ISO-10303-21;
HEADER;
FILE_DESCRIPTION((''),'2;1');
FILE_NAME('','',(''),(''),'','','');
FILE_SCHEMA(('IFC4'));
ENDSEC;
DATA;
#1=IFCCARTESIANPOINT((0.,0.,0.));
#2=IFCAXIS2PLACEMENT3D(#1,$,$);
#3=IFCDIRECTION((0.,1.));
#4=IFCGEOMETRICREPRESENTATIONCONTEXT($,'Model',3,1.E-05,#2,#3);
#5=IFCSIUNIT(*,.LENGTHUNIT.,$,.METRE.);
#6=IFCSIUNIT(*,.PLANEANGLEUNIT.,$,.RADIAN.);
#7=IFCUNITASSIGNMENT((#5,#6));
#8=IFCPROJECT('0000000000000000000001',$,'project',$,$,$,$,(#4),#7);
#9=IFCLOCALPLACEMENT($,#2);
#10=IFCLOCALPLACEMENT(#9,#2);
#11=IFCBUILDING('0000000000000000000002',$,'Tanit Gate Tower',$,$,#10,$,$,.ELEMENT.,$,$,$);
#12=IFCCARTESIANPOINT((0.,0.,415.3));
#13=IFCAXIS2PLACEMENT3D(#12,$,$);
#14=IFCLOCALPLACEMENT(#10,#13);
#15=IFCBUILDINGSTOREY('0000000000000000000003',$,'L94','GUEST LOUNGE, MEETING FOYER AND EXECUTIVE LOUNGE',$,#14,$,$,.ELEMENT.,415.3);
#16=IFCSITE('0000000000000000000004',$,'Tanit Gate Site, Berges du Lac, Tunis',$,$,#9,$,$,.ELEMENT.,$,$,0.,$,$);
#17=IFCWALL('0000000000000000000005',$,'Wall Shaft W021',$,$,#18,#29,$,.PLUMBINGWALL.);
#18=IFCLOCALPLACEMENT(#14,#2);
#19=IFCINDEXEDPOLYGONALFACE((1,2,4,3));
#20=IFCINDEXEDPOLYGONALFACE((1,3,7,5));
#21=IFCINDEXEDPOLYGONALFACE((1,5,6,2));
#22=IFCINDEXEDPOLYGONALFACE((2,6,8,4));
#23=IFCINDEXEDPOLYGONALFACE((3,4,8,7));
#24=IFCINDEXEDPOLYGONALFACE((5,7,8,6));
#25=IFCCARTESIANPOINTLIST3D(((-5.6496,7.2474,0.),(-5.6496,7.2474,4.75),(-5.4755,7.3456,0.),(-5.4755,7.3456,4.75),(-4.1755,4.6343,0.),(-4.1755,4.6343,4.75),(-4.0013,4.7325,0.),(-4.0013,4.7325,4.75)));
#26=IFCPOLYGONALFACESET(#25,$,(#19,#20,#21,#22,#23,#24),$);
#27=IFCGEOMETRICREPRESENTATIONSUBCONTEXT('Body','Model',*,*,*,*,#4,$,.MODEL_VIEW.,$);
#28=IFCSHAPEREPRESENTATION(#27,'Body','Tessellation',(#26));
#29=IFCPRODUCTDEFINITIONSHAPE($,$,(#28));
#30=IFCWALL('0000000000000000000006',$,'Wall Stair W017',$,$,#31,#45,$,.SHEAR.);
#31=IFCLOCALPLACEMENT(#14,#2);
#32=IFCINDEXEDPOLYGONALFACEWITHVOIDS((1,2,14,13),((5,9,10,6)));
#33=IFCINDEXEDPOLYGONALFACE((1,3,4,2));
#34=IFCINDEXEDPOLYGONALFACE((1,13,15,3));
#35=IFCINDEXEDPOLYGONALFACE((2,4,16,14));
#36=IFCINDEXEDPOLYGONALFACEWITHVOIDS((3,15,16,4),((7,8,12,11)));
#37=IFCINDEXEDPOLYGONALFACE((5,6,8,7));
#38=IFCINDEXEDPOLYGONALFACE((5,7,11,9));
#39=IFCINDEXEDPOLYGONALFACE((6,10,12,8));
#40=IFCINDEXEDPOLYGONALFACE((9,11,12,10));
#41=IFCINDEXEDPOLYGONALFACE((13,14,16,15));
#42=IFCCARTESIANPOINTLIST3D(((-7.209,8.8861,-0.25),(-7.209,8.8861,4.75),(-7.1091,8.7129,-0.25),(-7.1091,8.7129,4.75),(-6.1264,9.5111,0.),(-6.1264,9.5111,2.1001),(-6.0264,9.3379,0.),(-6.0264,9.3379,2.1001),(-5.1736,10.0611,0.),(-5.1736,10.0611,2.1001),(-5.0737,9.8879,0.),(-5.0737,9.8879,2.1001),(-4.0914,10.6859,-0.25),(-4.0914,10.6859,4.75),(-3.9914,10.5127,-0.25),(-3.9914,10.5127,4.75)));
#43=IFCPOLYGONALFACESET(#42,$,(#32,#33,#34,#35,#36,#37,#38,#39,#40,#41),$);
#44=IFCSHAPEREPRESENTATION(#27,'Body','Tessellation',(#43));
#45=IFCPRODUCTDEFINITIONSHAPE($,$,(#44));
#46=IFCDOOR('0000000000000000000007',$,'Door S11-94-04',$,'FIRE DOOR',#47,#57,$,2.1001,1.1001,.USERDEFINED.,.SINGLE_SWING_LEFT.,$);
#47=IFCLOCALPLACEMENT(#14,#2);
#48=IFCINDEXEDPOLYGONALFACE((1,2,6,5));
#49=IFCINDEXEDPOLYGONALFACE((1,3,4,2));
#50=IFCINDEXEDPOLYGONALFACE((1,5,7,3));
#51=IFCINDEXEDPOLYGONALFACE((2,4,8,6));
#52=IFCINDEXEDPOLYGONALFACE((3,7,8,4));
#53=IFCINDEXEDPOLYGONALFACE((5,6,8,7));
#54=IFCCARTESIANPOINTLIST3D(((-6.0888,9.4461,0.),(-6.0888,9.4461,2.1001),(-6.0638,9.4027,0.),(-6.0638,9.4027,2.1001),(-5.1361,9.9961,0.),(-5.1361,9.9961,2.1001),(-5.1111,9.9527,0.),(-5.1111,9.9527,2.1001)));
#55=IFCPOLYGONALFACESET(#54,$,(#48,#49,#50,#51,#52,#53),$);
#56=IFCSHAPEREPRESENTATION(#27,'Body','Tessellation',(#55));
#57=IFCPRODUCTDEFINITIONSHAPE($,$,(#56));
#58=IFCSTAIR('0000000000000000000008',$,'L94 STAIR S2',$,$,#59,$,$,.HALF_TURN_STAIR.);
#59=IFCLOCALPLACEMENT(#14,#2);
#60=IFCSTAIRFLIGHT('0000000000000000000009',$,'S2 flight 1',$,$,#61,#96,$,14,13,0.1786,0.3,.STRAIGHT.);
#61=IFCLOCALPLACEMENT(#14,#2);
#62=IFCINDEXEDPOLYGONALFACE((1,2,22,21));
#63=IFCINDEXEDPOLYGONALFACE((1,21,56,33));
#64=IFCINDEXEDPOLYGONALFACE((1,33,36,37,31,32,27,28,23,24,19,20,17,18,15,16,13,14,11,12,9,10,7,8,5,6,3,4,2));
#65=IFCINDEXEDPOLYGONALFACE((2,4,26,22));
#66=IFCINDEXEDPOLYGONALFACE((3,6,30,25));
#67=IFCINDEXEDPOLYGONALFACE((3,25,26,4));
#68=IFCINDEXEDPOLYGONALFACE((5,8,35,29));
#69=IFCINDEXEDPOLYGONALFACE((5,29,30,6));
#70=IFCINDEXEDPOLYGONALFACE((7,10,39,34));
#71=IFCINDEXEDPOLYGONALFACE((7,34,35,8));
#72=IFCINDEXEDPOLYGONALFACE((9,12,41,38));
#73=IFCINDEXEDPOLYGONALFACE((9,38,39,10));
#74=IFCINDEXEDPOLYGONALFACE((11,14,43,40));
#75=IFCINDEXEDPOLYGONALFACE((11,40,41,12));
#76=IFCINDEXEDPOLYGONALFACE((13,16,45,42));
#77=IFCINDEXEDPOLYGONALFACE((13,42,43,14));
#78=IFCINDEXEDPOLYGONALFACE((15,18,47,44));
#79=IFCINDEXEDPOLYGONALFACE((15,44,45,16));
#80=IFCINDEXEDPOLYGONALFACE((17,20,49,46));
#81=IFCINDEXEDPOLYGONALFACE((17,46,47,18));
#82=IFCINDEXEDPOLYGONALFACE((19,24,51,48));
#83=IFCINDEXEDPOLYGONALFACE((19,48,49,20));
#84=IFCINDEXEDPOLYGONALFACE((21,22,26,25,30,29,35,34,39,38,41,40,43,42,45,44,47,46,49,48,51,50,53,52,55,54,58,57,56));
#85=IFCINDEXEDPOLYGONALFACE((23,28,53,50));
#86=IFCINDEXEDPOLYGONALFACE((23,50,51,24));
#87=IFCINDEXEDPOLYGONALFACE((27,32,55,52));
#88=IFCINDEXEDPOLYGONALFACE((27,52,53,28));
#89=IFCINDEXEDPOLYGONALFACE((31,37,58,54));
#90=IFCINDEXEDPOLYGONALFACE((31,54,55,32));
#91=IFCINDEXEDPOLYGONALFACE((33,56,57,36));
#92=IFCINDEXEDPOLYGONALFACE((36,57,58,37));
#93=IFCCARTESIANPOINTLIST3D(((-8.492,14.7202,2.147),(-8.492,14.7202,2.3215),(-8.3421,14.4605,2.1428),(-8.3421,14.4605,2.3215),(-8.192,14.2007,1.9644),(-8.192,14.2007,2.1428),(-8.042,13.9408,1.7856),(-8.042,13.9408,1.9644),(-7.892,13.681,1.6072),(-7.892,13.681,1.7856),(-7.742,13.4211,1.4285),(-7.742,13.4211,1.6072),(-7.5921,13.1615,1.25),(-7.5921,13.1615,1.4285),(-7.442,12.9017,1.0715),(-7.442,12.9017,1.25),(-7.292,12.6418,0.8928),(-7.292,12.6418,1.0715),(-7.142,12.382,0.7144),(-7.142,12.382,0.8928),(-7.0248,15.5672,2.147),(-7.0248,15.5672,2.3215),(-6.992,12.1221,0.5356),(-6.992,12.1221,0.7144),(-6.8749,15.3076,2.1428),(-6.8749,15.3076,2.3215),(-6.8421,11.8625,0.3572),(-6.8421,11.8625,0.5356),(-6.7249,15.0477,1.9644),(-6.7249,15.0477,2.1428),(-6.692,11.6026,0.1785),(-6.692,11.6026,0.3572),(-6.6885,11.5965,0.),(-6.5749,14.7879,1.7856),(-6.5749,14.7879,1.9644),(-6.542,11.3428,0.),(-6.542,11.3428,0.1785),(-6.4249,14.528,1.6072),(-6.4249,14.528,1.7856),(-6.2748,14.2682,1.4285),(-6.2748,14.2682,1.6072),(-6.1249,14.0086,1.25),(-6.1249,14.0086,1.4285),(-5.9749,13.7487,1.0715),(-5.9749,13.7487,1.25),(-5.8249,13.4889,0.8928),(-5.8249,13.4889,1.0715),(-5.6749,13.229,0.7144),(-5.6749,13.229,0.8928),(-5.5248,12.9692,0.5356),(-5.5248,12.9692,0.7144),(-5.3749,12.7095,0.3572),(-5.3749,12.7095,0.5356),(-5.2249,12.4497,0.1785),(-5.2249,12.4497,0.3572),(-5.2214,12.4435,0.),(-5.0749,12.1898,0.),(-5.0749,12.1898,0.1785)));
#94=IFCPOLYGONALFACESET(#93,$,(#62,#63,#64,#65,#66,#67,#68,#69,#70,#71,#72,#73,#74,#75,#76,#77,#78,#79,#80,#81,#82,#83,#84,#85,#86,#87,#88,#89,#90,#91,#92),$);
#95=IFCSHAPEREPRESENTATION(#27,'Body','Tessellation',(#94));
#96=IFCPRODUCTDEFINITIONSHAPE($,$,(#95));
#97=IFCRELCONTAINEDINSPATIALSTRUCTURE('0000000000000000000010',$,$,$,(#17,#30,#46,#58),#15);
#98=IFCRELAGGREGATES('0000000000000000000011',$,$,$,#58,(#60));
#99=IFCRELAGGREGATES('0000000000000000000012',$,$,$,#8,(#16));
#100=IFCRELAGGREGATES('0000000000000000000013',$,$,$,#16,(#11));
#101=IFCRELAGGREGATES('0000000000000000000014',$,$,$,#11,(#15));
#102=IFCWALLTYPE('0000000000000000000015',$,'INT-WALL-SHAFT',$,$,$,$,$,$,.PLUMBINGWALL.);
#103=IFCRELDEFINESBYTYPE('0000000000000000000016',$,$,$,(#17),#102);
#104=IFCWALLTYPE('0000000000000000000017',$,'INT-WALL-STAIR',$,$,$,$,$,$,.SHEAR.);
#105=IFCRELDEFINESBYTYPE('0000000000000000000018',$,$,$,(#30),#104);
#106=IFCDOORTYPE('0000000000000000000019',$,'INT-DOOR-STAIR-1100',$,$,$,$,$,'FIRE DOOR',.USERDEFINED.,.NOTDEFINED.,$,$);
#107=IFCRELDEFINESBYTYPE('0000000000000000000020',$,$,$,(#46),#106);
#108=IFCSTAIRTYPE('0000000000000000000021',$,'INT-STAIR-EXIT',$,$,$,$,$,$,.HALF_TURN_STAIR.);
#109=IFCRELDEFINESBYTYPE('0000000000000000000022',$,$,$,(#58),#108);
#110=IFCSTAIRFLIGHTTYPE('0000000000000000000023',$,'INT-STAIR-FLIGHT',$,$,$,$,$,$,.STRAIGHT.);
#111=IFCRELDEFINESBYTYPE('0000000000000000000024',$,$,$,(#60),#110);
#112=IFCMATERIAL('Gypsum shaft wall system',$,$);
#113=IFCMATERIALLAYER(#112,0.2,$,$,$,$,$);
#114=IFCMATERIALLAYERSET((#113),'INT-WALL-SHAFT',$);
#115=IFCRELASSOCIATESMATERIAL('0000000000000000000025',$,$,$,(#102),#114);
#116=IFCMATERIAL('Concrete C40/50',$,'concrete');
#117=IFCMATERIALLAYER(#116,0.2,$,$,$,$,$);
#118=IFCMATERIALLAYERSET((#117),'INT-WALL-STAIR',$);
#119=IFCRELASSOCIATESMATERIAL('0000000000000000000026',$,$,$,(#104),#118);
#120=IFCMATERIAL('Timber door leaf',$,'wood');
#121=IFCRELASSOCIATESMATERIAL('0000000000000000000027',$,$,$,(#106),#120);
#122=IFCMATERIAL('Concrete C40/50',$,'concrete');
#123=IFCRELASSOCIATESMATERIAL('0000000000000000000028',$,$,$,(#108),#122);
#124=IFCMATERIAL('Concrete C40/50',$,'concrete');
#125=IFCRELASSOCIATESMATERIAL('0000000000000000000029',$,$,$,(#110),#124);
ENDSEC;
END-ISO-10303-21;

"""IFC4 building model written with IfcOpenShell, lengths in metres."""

from ifc_helpers import new_model, si_unit, direction, frame, frame_2d, origin, place, context, subcontext, project, spatial, polyline, rectangle, outline, extrude, material, layer, layer_set, type_object, element, fill, aggregate, save


model = new_model("IFC4")

# Units and contexts
model_context = context("Model", 3, precision=1e-05, world=origin(), true_north=direction((0.0, 1.0)))
body_context = subcontext(model_context, "Body", "Model", "MODEL_VIEW")
ifc_project = project(units=[si_unit("LENGTHUNIT", "METRE"), si_unit("PLANEANGLEUNIT", "RADIAN")], contexts=[model_context])

# Site, building, storey
site_placement = place(None, origin())
site = spatial("IfcSite", under=ifc_project, at=site_placement, Name="Tanit Gate Site, Berges du Lac, Tunis", CompositionType="ELEMENT", RefElevation=0.0)
building_placement = place(site_placement, origin())
building = spatial("IfcBuilding", under=site, at=building_placement, Name="Tanit Gate Tower", CompositionType="ELEMENT")
storey_placement = place(building_placement, frame((0.0, 0.0, 415.3)))
storey = spatial("IfcBuildingStorey", under=building, at=storey_placement, Name="L94", Description="GUEST LOUNGE, MEETING FOYER AND EXECUTIVE LOUNGE", CompositionType="ELEMENT", Elevation=415.3)

# Shared definitions
ifc_material_1 = material(Name="Gypsum shaft wall system")
ifc_layer_1 = layer(ifc_material_1, 0.2)
ifc_layer_set_1 = layer_set([ifc_layer_1], Name="INT-WALL-SHAFT")
wall_type_1 = type_object("IfcWallType", Name="INT-WALL-SHAFT", PredefinedType="PLUMBINGWALL", material=ifc_layer_set_1)

# Wall
wall_1_placement = place(storey_placement, frame((-5.5625, 7.2964, 0.0), z_axis=(0.0, 0.0, 1.0), x_axis=(0.491347, -0.870964, 0.0)))
element("IfcWall", 1, at=wall_1_placement, inside=storey, type_object=wall_type_1, Name="Wall Shaft W021", PredefinedType="PLUMBINGWALL", context=body_context, shape_type="SweptSolid", body=[
    extrude(rectangle(XDim=3.0002, YDim=0.2, at=frame_2d((1.5, 0.0))), origin(), (0.0, 0.0, 1.0), 4.75),
])

# Wall, opening, door
ifc_material_2 = material(Name="Concrete C40/50", Category="concrete")
ifc_layer_2 = layer(ifc_material_2, 0.2)
ifc_layer_set_2 = layer_set([ifc_layer_2], Name="INT-WALL-STAIR")
wall_type_2 = type_object("IfcWallType", Name="INT-WALL-STAIR", PredefinedType="SHEAR", material=ifc_layer_set_2)
wall_2_placement = place(storey_placement, frame((-7.1589, 8.7996, -0.25), z_axis=(0.0, 0.0, 1.0), x_axis=(0.866048, 0.499961, 0.0)))
wall_2 = element("IfcWall", 2, at=wall_2_placement, inside=storey, type_object=wall_type_2, Name="Wall Stair W017", PredefinedType="SHEAR", context=body_context, shape_type="SweptSolid", body=[
    extrude(rectangle(XDim=3.5999, YDim=0.2, at=frame_2d((1.7998, 0.0))), origin(), (0.0, 0.0, 1.0), 5.0),
])
opening_1_placement = place(wall_2_placement, frame((1.25, 0.0, 0.25)))
opening_1 = element("IfcOpeningElement", 3, at=opening_1_placement, cuts=wall_2, PredefinedType="OPENING", context=body_context, shape_type="SweptSolid", body=[
    extrude(rectangle(XDim=1.1001, YDim=2.1001, at=frame_2d((0.55, 1.05))), frame((0.0, 0.1099, 0.0), z_axis=(0.0, -1.0, 0.0), x_axis=(1.0, 0.0, 0.0)), (0.0, 0.0, 1.0), 0.22),
])
ifc_material_3 = material(Name="Timber door leaf", Category="wood")
door_type_1 = type_object("IfcDoorType", Name="INT-DOOR-STAIR-1100", ElementType="FIRE DOOR", OperationType="NOTDEFINED", PredefinedType="USERDEFINED", material=ifc_material_3)
door_1_placement = place(opening_1_placement, origin())
door_1 = element("IfcDoor", 4, at=door_1_placement, inside=storey, type_object=door_type_1, Name="Door S11-94-04", ObjectType="FIRE DOOR", OperationType="SINGLE_SWING_LEFT", OverallHeight=2.1001, OverallWidth=1.1001, PredefinedType="USERDEFINED", context=body_context, shape_type="SweptSolid", body=[
    extrude(rectangle(XDim=1.1001, YDim=2.1001, at=frame_2d((0.55, 1.05))), frame((0.0, 0.0249, 0.0), z_axis=(0.0, -1.0, 0.0), x_axis=(1.0, 0.0, 0.0)), (0.0, 0.0, 1.0), 0.05),
])
fill(opening_1, door_1)

# Stair, stair flight
ifc_material_4 = material(Name="Concrete C40/50", Category="concrete")
stair_type = type_object("IfcStairType", Name="INT-STAIR-EXIT", PredefinedType="HALF_TURN_STAIR", material=ifc_material_4)
stair_placement = place(storey_placement, origin())
stair = element("IfcStair", 5, at=stair_placement, inside=storey, type_object=stair_type, Name="L94 STAIR S2", PredefinedType="HALF_TURN_STAIR")
ifc_material_5 = material(Name="Concrete C40/50", Category="concrete")
stair_flight_type = type_object("IfcStairFlightType", Name="INT-STAIR-FLIGHT", PredefinedType="STRAIGHT", material=ifc_material_5)
stair_flight_placement = place(storey_placement, frame((-5.8083, 11.7664, 0.0), z_axis=(0.0, 0.0, 1.0), x_axis=(-0.5, 0.866025, 0.0)))
stair_flight = element("IfcStairFlight", 6, at=stair_flight_placement, type_object=stair_flight_type, Name="S2 flight 1", NumberOfRisers=14, NumberOfTreads=13, PredefinedType="STRAIGHT", RiserHeight=0.1786, TreadLength=0.3, context=body_context, shape_type="SweptSolid", body=[
    extrude(outline(polyline([(0.0, 0.0), (0.0, 0.1785), (0.3, 0.1785), (0.3, 0.3572), (0.6001, 0.3572), (0.6001, 0.5356), (0.8999, 0.5356), (0.8999, 0.7144), (1.2, 0.7144), (1.2, 0.8928), (1.5, 0.8928), (1.5, 1.0715), (1.8, 1.0715), (1.8, 1.25), (2.1001, 1.25), (2.1001, 1.4285), (2.3999, 1.4285), (2.3999, 1.6072), (2.7, 1.6072), (2.7, 1.7856), (3.0, 1.7856), (3.0, 1.9644), (3.3, 1.9644), (3.3, 2.1428), (3.6001, 2.1428), (3.6001, 2.3215), (3.8999, 2.3215), (3.8999, 2.5), (3.8999, 2.147), (0.293, 0.0), (0.0, 0.0)])), frame((0.0, 0.8472, 0.0), z_axis=(0.0, -1.0, 0.0), x_axis=(1.0, 0.0, 0.0)), (0.0, 0.0, 1.0), 1.6941),
])
aggregate(stair, [stair_flight])

save(model, "model.ifc")
